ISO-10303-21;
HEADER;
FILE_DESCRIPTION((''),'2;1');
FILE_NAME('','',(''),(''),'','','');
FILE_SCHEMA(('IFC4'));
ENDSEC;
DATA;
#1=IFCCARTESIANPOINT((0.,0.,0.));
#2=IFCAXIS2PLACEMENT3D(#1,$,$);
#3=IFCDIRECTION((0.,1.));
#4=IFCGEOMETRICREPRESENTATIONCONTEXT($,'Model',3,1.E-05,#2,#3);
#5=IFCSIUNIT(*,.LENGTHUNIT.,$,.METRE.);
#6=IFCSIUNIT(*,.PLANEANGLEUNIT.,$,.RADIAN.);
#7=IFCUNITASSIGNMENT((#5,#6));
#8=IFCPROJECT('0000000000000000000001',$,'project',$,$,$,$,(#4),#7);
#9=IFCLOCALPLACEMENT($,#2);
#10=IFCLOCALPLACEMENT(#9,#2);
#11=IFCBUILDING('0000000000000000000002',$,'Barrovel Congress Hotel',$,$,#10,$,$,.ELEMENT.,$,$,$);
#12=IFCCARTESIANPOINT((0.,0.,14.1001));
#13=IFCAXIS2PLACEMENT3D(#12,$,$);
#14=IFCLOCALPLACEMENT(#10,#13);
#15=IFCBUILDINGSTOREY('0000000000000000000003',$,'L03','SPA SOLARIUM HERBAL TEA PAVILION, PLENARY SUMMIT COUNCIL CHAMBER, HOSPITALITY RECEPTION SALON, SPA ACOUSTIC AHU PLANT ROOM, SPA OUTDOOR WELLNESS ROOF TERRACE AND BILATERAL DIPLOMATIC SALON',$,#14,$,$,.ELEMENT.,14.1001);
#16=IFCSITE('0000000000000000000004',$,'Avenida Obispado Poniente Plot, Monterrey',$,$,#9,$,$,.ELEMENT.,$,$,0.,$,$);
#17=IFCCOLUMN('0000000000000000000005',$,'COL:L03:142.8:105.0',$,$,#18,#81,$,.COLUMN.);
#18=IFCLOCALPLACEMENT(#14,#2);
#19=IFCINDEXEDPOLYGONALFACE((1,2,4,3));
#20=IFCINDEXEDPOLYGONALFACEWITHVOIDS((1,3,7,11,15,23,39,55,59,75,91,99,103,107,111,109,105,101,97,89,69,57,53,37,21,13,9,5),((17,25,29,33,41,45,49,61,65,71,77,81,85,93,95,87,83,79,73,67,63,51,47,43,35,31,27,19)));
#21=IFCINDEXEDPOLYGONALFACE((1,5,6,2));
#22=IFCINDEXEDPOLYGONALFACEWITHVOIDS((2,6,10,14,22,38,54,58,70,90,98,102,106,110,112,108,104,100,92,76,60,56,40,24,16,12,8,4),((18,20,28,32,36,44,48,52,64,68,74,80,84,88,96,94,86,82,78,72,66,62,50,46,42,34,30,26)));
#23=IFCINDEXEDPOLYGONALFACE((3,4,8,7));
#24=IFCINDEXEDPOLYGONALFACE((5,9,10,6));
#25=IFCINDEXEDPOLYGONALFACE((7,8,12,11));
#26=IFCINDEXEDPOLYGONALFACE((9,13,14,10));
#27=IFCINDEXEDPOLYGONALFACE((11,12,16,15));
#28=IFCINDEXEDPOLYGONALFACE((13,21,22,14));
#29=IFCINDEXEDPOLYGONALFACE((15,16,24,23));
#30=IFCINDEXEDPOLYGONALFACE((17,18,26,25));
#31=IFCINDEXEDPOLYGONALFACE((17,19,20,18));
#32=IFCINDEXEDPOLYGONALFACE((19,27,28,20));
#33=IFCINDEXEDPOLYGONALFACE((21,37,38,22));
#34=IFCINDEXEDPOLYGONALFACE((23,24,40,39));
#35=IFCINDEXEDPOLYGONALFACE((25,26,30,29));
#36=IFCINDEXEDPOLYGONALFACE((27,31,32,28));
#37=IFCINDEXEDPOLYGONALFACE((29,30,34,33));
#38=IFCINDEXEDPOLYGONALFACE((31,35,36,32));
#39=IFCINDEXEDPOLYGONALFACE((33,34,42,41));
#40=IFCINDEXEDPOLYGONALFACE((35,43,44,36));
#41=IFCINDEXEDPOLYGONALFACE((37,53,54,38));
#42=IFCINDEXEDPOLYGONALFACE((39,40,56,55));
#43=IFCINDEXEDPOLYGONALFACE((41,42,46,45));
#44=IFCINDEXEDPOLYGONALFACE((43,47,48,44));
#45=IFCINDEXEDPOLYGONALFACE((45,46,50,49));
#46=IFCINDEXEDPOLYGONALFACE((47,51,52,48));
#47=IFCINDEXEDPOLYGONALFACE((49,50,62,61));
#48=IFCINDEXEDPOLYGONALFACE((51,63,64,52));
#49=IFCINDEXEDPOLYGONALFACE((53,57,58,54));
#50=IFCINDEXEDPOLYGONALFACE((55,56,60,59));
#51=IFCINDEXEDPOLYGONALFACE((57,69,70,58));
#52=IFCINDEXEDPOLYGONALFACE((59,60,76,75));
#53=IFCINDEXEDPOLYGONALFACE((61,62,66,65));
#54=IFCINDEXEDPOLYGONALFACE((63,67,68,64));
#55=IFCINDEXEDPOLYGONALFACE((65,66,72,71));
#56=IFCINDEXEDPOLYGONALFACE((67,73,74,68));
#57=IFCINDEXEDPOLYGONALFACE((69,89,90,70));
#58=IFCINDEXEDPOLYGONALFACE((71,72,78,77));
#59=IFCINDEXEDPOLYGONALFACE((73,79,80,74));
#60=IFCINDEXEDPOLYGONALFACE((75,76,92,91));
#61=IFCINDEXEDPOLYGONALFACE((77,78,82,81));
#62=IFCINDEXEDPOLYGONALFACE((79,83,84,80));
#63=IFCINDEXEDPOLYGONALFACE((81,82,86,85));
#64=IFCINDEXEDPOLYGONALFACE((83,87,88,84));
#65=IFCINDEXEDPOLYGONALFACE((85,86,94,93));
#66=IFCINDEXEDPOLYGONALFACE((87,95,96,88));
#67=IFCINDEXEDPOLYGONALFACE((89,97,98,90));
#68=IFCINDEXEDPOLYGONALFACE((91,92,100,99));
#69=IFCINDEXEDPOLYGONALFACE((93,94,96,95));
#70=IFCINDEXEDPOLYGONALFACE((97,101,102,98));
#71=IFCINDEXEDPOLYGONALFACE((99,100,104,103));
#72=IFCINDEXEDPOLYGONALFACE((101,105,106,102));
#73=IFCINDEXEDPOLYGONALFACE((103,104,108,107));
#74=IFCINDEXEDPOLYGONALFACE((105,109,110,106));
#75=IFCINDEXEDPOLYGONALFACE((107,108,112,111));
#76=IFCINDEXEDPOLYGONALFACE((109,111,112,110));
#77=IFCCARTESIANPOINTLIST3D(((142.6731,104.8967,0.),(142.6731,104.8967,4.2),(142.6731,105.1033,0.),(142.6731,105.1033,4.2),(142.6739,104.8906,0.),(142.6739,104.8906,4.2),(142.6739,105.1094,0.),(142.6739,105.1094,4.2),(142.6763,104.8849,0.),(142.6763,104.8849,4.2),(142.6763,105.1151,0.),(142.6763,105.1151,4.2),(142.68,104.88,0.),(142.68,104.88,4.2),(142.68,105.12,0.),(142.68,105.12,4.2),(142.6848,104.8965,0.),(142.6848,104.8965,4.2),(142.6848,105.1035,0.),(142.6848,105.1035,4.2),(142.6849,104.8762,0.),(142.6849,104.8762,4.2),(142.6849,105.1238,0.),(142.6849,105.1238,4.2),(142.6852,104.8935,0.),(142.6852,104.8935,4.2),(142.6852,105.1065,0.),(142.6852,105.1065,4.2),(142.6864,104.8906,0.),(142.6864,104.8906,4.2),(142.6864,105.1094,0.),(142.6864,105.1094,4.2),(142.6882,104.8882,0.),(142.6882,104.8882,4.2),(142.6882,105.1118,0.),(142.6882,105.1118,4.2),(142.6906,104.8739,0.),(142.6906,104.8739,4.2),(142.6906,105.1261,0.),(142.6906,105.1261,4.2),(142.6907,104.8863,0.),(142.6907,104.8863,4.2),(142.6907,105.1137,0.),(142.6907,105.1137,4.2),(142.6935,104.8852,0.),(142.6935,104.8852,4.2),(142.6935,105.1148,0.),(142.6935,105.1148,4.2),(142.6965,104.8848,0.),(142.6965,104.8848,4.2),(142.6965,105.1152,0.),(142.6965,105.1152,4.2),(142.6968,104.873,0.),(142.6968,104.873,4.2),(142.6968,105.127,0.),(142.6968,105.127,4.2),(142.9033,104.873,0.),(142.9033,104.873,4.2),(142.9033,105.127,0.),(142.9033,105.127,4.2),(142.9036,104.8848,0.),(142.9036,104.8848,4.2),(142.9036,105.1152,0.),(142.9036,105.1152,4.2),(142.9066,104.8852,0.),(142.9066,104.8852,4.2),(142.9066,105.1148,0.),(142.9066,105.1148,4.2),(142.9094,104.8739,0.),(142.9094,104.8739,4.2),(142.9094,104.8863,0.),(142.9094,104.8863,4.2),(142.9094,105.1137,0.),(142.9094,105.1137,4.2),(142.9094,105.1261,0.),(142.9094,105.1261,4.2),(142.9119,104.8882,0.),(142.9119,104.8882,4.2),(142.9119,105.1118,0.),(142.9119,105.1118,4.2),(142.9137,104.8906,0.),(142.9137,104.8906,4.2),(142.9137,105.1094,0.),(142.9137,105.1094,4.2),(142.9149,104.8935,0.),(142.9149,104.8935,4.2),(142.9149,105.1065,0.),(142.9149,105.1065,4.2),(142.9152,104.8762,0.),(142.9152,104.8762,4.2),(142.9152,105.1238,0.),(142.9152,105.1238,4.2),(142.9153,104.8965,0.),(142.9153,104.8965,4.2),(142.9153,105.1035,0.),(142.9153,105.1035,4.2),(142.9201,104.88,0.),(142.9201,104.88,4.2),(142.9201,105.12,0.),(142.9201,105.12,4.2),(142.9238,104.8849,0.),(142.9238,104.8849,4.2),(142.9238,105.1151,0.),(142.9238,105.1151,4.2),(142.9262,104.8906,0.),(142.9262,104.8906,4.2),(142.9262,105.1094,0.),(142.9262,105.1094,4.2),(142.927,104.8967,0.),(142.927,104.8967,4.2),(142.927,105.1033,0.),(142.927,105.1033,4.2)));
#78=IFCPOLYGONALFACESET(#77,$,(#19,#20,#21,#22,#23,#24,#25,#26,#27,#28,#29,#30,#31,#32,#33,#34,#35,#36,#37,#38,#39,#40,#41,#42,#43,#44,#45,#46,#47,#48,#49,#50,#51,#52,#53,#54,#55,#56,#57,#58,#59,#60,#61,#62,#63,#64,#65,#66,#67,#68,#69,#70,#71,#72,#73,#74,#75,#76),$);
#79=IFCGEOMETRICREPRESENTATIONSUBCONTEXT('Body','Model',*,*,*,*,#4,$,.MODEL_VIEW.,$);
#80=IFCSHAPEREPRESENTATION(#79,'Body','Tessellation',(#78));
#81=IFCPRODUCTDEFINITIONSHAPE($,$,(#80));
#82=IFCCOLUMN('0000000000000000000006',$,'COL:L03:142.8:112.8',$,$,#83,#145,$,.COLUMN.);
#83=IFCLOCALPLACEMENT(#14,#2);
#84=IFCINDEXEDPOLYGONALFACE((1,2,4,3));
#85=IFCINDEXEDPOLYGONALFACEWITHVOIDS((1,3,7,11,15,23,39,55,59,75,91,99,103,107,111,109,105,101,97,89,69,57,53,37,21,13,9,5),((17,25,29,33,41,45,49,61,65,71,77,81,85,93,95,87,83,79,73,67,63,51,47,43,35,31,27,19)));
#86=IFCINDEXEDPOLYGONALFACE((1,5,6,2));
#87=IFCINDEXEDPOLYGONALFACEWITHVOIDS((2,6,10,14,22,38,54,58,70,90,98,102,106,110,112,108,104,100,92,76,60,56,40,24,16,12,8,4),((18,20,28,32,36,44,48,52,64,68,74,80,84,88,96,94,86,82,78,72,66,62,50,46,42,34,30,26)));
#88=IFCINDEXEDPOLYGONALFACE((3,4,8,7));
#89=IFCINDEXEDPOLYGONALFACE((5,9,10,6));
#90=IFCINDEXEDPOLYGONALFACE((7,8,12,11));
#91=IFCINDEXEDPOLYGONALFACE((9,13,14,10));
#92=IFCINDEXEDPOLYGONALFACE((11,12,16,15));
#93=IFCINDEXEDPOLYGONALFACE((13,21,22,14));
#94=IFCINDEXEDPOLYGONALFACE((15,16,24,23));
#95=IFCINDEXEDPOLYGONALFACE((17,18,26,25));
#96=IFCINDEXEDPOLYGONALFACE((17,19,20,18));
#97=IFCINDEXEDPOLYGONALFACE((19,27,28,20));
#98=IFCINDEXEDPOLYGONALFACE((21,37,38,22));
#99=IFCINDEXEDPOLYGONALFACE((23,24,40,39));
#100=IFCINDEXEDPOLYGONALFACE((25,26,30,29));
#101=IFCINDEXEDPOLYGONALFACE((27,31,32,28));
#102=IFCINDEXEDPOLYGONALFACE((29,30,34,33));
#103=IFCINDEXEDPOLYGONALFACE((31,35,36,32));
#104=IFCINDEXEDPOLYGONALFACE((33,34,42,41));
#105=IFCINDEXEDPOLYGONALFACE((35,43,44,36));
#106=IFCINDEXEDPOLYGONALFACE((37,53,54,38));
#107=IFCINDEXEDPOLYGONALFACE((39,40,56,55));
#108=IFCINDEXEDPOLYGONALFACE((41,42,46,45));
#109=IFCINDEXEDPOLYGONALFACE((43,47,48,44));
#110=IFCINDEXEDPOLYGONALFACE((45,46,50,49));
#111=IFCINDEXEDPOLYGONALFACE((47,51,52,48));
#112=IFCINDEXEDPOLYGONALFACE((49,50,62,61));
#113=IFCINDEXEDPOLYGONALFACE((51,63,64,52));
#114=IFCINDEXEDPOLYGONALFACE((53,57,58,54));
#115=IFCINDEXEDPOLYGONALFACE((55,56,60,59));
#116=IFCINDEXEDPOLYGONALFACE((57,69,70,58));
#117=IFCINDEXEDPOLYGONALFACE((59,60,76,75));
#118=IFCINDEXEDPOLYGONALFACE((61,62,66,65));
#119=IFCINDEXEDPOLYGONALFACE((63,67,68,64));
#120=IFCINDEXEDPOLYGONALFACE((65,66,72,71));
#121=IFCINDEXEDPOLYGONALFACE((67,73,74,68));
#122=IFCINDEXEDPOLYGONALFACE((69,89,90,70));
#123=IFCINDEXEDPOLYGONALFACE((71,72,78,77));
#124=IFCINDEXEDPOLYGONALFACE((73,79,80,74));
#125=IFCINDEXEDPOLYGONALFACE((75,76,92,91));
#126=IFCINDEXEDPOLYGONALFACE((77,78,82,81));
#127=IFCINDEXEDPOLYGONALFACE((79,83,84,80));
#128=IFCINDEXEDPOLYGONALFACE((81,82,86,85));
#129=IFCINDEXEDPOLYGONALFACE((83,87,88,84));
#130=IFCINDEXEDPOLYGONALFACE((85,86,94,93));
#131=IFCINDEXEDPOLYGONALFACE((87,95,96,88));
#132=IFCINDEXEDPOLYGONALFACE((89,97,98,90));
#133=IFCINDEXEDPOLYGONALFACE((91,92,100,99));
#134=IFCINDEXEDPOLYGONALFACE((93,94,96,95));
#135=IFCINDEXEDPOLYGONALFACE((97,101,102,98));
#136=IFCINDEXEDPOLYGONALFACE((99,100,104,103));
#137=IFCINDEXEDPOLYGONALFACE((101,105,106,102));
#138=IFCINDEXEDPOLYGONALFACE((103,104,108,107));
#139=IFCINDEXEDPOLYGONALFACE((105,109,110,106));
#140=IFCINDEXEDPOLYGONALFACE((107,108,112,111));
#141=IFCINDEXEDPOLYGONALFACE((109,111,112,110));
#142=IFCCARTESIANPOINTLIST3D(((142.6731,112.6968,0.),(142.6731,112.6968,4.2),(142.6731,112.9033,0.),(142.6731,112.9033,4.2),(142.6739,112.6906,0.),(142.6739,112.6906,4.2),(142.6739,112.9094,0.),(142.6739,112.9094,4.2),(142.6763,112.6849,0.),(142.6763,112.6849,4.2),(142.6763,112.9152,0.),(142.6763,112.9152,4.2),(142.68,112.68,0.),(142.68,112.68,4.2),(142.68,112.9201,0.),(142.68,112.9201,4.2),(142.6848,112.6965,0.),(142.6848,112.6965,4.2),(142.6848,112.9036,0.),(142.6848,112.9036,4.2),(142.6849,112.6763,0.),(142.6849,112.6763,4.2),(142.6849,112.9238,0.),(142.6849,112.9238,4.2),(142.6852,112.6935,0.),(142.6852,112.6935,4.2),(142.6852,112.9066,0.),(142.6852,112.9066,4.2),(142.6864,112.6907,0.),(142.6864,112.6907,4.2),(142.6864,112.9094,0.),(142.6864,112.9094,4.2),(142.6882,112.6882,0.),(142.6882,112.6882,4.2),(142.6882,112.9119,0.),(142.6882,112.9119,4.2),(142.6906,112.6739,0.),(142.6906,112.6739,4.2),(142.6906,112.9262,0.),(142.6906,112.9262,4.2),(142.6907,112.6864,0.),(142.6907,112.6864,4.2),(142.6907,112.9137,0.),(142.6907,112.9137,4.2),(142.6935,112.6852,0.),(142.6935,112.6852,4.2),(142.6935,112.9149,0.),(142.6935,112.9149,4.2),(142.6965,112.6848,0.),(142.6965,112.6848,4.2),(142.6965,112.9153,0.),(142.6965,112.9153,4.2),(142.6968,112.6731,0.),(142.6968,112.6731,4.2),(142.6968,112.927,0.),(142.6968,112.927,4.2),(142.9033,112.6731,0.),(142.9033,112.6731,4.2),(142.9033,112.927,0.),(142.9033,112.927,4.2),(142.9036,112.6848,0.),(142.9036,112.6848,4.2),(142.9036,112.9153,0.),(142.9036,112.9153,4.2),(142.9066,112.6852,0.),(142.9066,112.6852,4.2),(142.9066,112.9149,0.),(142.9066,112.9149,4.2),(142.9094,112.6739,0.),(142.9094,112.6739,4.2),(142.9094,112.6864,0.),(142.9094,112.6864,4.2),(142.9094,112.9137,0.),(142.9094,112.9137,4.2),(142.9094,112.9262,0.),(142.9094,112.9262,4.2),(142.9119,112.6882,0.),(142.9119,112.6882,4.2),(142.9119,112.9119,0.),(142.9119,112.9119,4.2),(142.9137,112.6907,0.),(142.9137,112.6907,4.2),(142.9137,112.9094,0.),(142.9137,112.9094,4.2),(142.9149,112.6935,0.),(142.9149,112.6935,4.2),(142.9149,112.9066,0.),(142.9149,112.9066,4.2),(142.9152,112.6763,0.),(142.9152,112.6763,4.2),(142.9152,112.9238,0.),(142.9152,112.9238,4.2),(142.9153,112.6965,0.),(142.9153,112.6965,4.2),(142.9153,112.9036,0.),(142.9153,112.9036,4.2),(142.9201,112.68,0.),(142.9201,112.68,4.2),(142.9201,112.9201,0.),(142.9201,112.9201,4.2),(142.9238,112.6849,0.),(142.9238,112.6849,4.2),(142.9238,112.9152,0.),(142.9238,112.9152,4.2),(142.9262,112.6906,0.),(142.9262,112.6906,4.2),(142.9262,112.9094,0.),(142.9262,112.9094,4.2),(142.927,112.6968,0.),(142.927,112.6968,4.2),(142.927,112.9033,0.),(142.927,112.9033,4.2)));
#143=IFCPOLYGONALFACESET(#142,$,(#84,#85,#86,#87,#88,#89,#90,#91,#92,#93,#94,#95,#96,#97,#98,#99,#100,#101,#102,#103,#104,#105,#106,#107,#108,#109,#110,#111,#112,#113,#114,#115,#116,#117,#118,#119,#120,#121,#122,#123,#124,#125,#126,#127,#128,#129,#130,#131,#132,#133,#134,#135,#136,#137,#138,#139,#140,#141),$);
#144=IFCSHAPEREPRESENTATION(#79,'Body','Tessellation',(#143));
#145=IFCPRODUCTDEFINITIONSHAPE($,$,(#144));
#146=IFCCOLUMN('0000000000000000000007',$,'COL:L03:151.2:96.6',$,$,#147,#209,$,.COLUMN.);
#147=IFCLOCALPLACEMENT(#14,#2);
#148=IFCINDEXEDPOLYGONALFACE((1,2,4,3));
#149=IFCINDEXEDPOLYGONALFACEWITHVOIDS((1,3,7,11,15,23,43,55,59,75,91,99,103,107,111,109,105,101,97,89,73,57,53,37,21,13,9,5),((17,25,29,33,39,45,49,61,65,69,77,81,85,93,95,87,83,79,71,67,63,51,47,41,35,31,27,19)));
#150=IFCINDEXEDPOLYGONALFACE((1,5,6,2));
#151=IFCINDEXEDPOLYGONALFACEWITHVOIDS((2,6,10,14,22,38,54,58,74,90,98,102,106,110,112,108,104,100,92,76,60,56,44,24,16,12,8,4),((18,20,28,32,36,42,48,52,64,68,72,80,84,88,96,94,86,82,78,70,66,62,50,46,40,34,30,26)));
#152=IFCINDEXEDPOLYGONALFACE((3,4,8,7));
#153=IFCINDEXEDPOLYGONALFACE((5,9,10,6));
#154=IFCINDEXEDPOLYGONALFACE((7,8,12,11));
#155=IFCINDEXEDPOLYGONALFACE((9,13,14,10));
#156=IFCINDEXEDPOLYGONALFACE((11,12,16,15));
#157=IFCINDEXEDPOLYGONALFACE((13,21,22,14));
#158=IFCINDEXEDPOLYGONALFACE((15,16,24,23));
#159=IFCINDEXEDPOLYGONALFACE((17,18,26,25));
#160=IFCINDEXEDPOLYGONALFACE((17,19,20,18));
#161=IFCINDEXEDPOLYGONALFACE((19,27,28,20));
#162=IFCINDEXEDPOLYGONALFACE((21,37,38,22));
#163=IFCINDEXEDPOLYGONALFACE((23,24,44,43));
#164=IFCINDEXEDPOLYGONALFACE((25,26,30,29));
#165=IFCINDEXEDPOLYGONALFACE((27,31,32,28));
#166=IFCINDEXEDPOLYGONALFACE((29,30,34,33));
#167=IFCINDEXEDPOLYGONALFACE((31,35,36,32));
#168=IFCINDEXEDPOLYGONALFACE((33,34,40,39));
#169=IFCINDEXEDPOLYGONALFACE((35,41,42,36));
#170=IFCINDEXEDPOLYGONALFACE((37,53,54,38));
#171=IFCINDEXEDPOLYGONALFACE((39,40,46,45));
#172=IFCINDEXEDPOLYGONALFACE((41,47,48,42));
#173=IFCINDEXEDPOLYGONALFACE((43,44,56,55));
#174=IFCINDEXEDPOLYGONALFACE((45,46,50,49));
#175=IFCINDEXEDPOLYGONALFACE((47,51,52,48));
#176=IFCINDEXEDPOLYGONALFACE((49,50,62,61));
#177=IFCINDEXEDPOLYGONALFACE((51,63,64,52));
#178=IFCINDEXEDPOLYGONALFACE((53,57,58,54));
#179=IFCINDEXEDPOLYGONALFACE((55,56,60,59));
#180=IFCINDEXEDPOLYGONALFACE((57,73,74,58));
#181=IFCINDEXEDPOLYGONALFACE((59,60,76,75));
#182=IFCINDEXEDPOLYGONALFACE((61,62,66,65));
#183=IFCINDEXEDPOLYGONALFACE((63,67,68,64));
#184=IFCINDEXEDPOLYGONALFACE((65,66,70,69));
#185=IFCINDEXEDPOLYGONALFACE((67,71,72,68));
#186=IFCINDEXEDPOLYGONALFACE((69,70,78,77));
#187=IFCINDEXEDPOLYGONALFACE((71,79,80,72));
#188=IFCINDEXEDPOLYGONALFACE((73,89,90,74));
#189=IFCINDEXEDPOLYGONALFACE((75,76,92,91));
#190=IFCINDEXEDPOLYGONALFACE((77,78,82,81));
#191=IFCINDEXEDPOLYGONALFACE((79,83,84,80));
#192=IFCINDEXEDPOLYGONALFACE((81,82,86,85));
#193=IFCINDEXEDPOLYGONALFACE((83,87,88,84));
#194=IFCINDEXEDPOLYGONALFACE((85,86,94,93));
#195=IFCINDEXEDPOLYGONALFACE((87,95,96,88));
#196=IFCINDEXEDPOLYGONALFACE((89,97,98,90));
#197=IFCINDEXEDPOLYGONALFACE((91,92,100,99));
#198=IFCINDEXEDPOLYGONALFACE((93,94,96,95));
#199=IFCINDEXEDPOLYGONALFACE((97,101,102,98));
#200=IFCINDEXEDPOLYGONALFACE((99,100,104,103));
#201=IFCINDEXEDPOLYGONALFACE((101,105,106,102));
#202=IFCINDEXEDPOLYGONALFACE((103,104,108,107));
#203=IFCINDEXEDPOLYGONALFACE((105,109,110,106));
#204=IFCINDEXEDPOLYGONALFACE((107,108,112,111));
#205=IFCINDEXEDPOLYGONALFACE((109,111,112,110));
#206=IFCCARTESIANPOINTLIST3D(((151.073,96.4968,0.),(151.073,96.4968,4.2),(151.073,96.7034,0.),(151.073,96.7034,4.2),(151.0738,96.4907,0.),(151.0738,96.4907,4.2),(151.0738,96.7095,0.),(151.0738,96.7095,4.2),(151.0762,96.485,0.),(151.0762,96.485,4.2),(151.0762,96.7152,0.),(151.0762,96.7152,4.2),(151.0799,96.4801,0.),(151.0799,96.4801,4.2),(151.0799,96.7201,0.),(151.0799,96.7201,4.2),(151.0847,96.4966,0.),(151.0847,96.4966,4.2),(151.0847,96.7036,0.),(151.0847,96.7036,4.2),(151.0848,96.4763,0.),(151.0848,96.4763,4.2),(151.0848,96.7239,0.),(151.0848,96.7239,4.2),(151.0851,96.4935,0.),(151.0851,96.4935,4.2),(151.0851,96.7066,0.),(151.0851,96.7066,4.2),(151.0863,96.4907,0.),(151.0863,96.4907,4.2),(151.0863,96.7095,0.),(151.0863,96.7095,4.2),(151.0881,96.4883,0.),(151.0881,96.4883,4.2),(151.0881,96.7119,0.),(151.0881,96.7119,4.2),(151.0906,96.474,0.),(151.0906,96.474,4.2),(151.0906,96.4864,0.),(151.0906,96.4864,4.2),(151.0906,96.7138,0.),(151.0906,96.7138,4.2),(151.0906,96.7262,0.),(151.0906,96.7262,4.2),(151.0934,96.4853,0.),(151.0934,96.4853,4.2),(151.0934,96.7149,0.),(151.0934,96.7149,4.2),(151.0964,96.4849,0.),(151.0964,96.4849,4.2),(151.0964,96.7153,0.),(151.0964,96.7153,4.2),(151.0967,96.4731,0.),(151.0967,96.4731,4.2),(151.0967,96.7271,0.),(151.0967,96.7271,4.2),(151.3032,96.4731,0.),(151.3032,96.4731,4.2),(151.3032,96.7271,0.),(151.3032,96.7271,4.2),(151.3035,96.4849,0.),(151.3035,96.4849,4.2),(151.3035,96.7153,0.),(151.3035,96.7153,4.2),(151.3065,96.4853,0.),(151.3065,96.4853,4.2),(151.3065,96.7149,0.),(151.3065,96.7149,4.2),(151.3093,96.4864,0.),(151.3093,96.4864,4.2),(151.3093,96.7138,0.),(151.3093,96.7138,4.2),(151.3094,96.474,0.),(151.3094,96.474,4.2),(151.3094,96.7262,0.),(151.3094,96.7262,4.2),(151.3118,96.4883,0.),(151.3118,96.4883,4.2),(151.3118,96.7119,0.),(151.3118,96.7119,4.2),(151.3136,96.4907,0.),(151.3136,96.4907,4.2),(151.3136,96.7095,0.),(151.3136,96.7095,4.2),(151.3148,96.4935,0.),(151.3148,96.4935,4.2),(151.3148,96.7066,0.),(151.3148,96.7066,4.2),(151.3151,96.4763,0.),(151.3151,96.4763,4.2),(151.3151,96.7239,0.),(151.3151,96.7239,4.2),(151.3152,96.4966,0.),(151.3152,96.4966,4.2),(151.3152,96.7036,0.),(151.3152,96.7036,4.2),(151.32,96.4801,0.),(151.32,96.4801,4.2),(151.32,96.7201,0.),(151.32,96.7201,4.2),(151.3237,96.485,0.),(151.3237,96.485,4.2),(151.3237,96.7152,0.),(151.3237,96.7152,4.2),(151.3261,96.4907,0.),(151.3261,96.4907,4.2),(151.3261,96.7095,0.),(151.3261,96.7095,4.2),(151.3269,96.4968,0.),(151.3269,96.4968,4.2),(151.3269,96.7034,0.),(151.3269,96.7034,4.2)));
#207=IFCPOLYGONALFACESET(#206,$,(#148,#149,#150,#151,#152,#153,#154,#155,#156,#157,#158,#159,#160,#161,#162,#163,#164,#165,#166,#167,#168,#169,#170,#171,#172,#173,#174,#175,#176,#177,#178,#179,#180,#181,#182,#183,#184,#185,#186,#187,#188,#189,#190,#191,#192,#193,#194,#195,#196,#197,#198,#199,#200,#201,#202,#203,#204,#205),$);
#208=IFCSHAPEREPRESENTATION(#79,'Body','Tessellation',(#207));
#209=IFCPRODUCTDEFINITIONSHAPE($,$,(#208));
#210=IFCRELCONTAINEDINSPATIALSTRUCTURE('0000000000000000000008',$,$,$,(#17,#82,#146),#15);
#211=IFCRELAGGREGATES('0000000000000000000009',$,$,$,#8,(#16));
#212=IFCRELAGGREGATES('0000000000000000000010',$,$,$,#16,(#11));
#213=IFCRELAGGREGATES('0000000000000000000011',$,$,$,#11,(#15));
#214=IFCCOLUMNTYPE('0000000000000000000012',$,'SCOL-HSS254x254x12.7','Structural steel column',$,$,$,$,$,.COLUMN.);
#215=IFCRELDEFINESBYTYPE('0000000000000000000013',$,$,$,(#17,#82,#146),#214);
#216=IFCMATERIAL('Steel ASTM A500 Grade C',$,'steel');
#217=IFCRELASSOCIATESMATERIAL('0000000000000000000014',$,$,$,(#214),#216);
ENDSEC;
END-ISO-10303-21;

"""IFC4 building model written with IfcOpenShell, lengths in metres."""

from ifc_helpers import new_model, si_unit, direction, frame, origin, origin_2d, place, context, subcontext, project, spatial, hollow_rectangle, extrude, material, material_profile, profile_set, type_object, element, save


model = new_model("IFC4")

# Units and contexts
model_context = context("Model", 3, precision=1e-05, world=origin(), true_north=direction((0.0, 1.0)))
body_context = subcontext(model_context, "Body", "Model", "MODEL_VIEW")
ifc_project = project(units=[si_unit("LENGTHUNIT", "METRE"), si_unit("PLANEANGLEUNIT", "RADIAN")], contexts=[model_context])

# Site, building, storey
site_placement = place(None, origin())
site = spatial("IfcSite", under=ifc_project, at=site_placement, Name="Avenida Obispado Poniente Plot, Monterrey", CompositionType="ELEMENT", RefElevation=0.0)
building_placement = place(site_placement, origin())
building = spatial("IfcBuilding", under=site, at=building_placement, Name="Barrovel Congress Hotel", CompositionType="ELEMENT")
storey_placement = place(building_placement, frame((0.0, 0.0, 14.1001)))
storey = spatial("IfcBuildingStorey", under=building, at=storey_placement, Name="L03", Description="SPA SOLARIUM HERBAL TEA PAVILION, PLENARY SUMMIT COUNCIL CHAMBER, HOSPITALITY RECEPTION SALON, SPA ACOUSTIC AHU PLANT ROOM, SPA OUTDOOR WELLNESS ROOF TERRACE AND BILATERAL DIPLOMATIC SALON", CompositionType="ELEMENT", Elevation=14.1001)

# Columns
ifc_material_1 = material(Name="Steel ASTM A500 Grade C", Category="steel")
ifc_material_profile_1 = material_profile(ifc_material_1, hollow_rectangle(XDim=0.2539, YDim=0.2539, WallThickness=0.0117, InnerFilletRadius=0.0117, OuterFilletRadius=0.0237, at=origin_2d()), Name="HSS254x254x12.7")
ifc_profile_set_1 = profile_set([ifc_material_profile_1], Name="Steel ASTM A500 Grade C")
column_type = type_object("IfcColumnType", Name="SCOL-HSS254x254x12.7", Description="Structural steel column", PredefinedType="COLUMN", material=ifc_profile_set_1)
for number, where, z_axis, x_axis, name in (
    (1, (142.8, 105.0, 0.0), (0.0, 0.0, 1.0), (1.0, 0.0, 0.0), "COL:L03:142.8:105.0"),
    (2, (142.8, 112.8, 0.0), (0.0, 0.0, 1.0), (1.0, 0.0, 0.0), "COL:L03:142.8:112.8"),
    (3, (151.2, 96.6001, 0.0), (0.0, 0.0, 1.0), (1.0, 0.0, 0.0), "COL:L03:151.2:96.6"),
):
    element("IfcColumn", number, at=place(storey_placement, frame(where, z_axis=z_axis, x_axis=x_axis)), inside=storey, type_object=column_type, Name=name, PredefinedType="COLUMN", context=body_context, shape_type="SweptSolid", body=[
        extrude(hollow_rectangle(XDim=0.2539, YDim=0.2539, WallThickness=0.0117, InnerFilletRadius=0.0117, OuterFilletRadius=0.0237, at=origin_2d()), origin(), (0.0, 0.0, 1.0), 4.2),
    ])

save(model, "model.ifc")
